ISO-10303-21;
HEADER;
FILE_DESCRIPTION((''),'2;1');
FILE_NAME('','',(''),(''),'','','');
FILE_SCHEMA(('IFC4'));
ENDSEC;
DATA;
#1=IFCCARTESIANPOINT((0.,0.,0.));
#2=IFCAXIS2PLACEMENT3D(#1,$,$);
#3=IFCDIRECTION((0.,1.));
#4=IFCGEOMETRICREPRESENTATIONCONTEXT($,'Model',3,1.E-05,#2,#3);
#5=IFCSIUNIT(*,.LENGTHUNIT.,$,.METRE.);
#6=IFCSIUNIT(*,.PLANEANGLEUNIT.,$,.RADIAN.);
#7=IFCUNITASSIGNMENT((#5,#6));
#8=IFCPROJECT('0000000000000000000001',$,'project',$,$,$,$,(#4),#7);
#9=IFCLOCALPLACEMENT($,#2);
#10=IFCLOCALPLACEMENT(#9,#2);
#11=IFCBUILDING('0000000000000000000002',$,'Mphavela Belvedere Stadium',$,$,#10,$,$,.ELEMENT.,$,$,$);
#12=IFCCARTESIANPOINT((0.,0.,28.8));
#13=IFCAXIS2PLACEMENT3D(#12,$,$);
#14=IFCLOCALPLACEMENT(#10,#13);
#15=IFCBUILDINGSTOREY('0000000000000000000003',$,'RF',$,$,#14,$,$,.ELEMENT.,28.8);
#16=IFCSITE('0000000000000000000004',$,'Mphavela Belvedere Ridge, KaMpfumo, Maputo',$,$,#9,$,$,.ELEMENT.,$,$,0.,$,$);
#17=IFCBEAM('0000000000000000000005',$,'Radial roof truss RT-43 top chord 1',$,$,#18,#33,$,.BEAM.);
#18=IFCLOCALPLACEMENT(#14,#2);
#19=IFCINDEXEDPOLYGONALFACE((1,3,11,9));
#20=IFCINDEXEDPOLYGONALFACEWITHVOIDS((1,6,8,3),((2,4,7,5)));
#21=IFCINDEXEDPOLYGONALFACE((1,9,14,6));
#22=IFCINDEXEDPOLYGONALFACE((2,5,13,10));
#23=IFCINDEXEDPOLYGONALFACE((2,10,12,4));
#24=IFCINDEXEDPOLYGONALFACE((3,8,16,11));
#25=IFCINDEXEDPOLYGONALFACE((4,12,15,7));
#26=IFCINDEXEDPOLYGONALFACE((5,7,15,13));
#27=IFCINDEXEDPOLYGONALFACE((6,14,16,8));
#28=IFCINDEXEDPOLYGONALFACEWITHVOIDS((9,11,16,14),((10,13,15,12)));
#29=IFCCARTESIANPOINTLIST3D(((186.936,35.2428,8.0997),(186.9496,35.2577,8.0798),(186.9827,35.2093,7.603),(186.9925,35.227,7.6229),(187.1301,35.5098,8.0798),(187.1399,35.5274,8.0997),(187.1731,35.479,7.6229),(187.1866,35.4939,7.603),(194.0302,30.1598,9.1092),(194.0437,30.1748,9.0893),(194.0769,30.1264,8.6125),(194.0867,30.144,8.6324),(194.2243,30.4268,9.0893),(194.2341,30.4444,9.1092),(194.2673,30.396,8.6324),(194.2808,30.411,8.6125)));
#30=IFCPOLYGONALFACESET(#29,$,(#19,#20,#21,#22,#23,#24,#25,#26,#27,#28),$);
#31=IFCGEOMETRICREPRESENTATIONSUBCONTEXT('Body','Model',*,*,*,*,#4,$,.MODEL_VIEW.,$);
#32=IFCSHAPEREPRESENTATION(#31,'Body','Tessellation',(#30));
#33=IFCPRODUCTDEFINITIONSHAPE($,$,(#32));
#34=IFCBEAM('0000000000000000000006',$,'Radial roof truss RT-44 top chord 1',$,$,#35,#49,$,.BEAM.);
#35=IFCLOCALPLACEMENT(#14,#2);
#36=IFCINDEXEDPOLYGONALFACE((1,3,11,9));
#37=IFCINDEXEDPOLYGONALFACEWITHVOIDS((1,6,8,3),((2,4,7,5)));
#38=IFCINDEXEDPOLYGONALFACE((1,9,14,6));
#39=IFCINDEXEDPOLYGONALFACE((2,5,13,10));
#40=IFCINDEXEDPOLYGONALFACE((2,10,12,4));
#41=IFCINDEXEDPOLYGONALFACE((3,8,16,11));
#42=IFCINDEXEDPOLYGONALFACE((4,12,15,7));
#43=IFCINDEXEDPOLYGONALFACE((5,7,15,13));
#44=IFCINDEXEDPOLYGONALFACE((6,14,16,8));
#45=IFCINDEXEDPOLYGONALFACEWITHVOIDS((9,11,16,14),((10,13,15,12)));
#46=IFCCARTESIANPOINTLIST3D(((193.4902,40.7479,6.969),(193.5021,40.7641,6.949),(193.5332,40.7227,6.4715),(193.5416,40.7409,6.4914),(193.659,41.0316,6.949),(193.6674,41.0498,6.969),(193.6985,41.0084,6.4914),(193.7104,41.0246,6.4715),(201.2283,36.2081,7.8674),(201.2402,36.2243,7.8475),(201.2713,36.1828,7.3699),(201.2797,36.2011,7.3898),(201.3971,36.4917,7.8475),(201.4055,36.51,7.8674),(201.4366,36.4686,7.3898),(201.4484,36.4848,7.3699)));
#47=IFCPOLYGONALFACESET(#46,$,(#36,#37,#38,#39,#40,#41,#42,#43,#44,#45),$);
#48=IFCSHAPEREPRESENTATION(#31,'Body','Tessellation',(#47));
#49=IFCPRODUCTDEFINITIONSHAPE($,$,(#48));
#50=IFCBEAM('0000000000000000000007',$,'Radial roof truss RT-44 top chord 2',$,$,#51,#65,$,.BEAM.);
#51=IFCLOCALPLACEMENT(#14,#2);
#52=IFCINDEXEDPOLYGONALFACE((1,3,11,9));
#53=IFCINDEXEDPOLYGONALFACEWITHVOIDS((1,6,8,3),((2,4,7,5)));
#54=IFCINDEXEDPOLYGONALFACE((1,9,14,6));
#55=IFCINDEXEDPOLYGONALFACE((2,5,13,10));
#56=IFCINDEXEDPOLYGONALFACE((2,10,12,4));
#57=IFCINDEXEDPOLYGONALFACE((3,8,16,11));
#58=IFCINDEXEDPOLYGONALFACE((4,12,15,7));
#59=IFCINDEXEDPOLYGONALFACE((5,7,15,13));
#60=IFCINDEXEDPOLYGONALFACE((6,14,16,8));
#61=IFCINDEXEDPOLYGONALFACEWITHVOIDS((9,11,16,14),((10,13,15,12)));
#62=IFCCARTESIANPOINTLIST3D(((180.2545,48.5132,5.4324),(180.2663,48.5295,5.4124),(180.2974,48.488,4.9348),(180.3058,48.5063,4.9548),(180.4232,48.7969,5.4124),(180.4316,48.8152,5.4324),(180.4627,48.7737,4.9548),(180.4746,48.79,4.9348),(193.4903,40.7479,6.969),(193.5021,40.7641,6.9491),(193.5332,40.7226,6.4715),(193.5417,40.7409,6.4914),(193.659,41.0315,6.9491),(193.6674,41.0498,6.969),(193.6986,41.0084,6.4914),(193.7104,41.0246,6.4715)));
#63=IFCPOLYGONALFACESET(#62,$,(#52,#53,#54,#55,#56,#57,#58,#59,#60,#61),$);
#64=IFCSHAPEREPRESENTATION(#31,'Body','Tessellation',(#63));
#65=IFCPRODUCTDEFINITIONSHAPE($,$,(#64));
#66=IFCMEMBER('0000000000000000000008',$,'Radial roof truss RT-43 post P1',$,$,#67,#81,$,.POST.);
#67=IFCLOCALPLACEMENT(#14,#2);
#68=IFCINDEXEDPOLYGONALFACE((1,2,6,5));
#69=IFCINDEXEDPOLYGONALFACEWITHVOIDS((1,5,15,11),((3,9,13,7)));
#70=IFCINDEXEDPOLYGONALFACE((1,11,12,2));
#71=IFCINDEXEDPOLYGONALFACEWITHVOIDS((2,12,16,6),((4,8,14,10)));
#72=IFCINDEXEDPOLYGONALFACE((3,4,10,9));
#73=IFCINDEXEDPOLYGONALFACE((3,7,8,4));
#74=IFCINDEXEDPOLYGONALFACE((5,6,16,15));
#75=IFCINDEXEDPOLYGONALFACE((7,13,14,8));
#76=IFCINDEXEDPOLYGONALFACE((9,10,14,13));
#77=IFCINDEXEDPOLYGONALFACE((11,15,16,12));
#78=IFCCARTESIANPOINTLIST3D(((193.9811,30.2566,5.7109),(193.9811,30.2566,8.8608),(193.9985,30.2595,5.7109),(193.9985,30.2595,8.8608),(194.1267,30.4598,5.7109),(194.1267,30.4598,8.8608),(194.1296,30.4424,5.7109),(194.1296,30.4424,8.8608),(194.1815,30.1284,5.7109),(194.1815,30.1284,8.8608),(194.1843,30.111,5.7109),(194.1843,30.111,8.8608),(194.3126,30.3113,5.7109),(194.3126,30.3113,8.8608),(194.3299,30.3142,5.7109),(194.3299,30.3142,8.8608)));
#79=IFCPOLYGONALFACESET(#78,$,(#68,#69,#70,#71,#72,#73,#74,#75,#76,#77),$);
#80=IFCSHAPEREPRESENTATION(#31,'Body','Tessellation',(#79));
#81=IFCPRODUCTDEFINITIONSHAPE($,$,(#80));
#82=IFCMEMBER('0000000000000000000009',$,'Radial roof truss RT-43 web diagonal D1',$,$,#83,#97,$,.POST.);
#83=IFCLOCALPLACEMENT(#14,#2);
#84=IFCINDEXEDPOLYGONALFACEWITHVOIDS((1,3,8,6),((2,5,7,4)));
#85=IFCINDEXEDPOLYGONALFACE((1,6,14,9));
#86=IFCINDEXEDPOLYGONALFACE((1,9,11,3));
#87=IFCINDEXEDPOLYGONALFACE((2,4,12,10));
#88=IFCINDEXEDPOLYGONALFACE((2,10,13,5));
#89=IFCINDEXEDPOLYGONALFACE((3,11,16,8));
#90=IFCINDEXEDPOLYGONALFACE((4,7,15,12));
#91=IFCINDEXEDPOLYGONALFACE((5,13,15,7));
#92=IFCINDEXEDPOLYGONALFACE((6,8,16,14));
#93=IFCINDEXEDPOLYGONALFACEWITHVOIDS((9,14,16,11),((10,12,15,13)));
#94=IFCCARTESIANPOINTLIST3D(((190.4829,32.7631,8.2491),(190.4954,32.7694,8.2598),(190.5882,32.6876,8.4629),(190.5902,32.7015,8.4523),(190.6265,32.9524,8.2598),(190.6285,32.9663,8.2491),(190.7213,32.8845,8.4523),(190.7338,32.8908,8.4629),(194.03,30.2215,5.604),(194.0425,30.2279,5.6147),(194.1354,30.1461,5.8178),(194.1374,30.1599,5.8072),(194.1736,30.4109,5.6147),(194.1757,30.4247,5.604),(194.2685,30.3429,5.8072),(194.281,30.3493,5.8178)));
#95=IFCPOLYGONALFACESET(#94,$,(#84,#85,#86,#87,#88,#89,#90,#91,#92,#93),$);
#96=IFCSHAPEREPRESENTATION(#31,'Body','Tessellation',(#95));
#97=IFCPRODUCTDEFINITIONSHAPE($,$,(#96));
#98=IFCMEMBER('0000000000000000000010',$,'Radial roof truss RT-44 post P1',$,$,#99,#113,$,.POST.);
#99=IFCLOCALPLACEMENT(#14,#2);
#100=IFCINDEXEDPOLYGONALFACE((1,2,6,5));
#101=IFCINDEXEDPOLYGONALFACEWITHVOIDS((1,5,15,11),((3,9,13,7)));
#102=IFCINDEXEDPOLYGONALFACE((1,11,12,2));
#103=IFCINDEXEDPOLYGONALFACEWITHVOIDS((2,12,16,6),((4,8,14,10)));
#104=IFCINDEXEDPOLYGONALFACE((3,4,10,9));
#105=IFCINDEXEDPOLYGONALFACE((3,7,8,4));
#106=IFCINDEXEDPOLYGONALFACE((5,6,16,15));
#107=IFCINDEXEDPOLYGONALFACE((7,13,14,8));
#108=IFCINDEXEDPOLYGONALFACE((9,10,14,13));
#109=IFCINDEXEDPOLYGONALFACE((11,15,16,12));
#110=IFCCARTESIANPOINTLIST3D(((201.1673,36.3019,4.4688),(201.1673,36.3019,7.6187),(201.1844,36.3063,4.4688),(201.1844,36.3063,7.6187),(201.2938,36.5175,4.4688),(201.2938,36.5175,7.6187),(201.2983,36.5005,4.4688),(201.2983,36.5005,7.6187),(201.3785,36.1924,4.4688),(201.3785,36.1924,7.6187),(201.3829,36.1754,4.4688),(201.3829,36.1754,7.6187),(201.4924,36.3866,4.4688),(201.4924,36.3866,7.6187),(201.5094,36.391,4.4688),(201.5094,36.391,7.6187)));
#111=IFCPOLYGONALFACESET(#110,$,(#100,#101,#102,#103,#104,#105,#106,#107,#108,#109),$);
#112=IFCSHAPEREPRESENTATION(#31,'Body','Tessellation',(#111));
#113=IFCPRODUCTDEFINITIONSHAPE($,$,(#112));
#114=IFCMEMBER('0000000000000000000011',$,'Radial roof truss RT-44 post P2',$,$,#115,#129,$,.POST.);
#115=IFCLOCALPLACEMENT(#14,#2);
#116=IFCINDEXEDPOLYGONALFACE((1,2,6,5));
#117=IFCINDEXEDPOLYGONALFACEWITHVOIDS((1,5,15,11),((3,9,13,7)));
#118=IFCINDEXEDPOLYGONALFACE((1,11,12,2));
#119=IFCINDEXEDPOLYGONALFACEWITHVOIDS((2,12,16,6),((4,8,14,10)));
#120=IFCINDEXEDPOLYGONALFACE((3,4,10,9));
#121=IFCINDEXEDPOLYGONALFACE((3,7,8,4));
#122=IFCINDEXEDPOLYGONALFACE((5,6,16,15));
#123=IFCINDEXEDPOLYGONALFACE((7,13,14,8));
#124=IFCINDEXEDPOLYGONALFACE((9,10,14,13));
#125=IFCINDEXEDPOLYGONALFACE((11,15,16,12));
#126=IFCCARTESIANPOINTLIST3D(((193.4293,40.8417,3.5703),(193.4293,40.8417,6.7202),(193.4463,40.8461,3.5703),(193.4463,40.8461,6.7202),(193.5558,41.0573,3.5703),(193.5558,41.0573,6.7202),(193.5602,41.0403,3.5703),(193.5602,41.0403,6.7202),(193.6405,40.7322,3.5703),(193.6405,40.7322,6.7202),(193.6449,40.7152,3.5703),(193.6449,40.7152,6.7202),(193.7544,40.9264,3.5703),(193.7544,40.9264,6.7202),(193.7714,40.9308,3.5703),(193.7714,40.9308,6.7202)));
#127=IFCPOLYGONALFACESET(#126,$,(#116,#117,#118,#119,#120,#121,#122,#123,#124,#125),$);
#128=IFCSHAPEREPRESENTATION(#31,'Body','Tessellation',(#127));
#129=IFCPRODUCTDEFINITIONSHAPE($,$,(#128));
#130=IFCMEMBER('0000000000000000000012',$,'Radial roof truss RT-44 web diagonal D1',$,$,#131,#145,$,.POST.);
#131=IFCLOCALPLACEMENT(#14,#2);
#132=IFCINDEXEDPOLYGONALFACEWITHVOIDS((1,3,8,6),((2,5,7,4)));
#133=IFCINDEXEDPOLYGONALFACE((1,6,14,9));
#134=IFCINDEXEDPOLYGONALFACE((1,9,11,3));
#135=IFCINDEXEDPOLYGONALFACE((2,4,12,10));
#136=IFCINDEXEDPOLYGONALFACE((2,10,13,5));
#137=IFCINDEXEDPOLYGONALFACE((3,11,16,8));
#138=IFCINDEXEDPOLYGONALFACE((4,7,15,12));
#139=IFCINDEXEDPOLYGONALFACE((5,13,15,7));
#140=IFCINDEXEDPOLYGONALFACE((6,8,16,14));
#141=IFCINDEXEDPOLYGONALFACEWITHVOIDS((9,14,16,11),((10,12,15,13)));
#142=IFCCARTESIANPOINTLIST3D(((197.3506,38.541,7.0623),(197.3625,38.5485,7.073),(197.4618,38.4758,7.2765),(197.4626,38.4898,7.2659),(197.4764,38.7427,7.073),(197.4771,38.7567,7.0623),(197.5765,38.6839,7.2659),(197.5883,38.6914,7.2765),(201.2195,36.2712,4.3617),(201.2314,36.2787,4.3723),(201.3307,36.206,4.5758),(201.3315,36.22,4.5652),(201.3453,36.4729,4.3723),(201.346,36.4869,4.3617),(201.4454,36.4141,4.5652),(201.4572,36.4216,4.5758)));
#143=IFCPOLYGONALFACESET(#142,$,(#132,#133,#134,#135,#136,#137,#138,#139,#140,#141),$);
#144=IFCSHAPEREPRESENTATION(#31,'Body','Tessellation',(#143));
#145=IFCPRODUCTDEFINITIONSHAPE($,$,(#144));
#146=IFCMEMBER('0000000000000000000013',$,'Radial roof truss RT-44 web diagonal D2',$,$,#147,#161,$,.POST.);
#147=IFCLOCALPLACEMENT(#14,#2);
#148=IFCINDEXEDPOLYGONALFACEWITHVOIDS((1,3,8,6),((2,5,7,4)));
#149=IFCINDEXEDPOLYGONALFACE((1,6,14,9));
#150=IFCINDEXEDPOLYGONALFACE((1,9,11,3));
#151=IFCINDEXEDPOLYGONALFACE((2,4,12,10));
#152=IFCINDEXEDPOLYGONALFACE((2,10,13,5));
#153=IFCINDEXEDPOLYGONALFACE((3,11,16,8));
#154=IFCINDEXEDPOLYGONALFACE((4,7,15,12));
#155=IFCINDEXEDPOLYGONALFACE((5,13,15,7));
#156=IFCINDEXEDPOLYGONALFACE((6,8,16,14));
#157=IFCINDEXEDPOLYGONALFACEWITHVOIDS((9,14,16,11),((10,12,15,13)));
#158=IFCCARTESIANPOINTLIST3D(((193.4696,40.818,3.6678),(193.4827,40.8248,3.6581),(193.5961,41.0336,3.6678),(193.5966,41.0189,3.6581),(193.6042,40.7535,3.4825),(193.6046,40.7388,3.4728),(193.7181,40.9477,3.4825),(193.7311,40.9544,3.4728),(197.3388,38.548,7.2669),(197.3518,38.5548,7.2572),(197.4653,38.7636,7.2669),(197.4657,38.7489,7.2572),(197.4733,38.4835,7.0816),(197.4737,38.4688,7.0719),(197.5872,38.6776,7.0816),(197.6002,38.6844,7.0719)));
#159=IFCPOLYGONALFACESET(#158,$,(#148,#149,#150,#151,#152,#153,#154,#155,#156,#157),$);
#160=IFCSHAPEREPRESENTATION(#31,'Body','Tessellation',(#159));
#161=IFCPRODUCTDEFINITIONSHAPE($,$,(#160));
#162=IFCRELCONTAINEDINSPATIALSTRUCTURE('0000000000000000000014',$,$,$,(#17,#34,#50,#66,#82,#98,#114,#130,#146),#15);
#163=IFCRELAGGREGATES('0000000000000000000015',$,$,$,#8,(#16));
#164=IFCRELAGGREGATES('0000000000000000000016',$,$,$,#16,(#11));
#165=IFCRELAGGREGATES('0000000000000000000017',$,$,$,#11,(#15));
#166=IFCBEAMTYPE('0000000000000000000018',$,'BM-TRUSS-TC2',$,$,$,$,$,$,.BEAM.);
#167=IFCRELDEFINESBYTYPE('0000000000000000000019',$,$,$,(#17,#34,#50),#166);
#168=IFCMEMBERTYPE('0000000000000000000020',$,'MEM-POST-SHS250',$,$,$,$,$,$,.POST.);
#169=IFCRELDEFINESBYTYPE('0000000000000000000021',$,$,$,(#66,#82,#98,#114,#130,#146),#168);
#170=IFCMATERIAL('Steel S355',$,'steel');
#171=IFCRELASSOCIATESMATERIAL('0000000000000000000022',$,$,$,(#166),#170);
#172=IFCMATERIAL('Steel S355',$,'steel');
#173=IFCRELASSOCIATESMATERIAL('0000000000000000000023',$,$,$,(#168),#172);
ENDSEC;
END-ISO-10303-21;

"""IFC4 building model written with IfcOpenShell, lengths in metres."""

from ifc_helpers import new_model, si_unit, direction, frame, origin, origin_2d, place, context, subcontext, project, spatial, hollow_rectangle, extrude, material, material_profile, profile_set, type_object, element, save


model = new_model("IFC4")

# Units and contexts
model_context = context("Model", 3, precision=1e-05, world=origin(), true_north=direction((0.0, 1.0)))
body_context = subcontext(model_context, "Body", "Model", "MODEL_VIEW")
ifc_project = project(units=[si_unit("LENGTHUNIT", "METRE"), si_unit("PLANEANGLEUNIT", "RADIAN")], contexts=[model_context])

# Site, building, storey
site_placement = place(None, origin())
site = spatial("IfcSite", under=ifc_project, at=site_placement, Name="Mphavela Belvedere Ridge, KaMpfumo, Maputo", CompositionType="ELEMENT", RefElevation=0.0)
building_placement = place(site_placement, origin())
building = spatial("IfcBuilding", under=site, at=building_placement, Name="Mphavela Belvedere Stadium", CompositionType="ELEMENT")
storey_placement = place(building_placement, frame((0.0, 0.0, 28.8)))
storey = spatial("IfcBuildingStorey", under=building, at=storey_placement, Name="RF", CompositionType="ELEMENT", Elevation=28.8)

# Beams
ifc_material_1 = material(Name="Steel S355", Category="steel")
ifc_material_profile_1 = material_profile(ifc_material_1, hollow_rectangle(XDim=0.3501, YDim=0.5, WallThickness=0.02, at=origin_2d()), Name="RHS 500x350x20")
ifc_profile_set_1 = profile_set([ifc_material_profile_1], Name="Steel S355")
beam_type_1 = type_object("IfcBeamType", Name="BM-TRUSS-TC2", PredefinedType="BEAM", material=ifc_profile_set_1)
beam_1_placement = place(storey_placement, frame((194.1555, 30.2854, 8.8608), z_axis=(-0.807498, 0.57857, -0.114908), x_axis=(-0.582428, -0.812882, 0.0)))
element("IfcBeam", 1, at=beam_1_placement, inside=storey, type_object=beam_type_1, Name="Radial roof truss RT-43 top chord 1", PredefinedType="BEAM", context=body_context, shape_type="SweptSolid", body=[
    extrude(hollow_rectangle(XDim=0.3501, YDim=0.5, WallThickness=0.02, at=origin_2d()), origin(), (0.0, 0.0, 1.0), 8.7854),
])
beam_2_placement = place(storey_placement, frame((201.3384, 36.3464, 7.6187), z_axis=(-0.858225, 0.503508, -0.099646), x_axis=(-0.506027, -0.862518, 0.0)))
element("IfcBeam", 2, at=beam_2_placement, inside=storey, type_object=beam_type_1, Name="Radial roof truss RT-44 top chord 1", PredefinedType="BEAM", context=body_context, shape_type="SweptSolid", body=[
    extrude(hollow_rectangle(XDim=0.3501, YDim=0.5, WallThickness=0.02, at=origin_2d()), origin(), (0.0, 0.0, 1.0), 9.0164),
])
beam_3_placement = place(storey_placement, frame((193.6003, 40.8862, 6.7202), z_axis=(-0.858223, 0.503514, -0.099636), x_axis=(-0.506032, -0.862515, 0.0)))
element("IfcBeam", 3, at=beam_3_placement, inside=storey, type_object=beam_type_1, Name="Radial roof truss RT-44 top chord 2", PredefinedType="BEAM", context=body_context, shape_type="SweptSolid", body=[
    extrude(hollow_rectangle(XDim=0.3501, YDim=0.5, WallThickness=0.02, at=origin_2d()), origin(), (0.0, 0.0, 1.0), 15.4224),
])

# Members
ifc_material_2 = material(Name="Steel S355", Category="steel")
ifc_material_profile_2 = material_profile(ifc_material_2, hollow_rectangle(XDim=0.25, YDim=0.25, WallThickness=0.0125, at=origin_2d()), Name="SHS 250x250x12.5")
ifc_profile_set_2 = profile_set([ifc_material_profile_2], Name="Steel S355")
member_type_1 = type_object("IfcMemberType", Name="MEM-POST-SHS250", PredefinedType="POST", material=ifc_profile_set_2)
member_1_placement = place(storey_placement, frame((194.1555, 30.2854, 5.7109), z_axis=(0.0, 0.0, 1.0), x_axis=(0.812898, -0.582407, 0.0)))
element("IfcMember", 4, at=member_1_placement, inside=storey, type_object=member_type_1, Name="Radial roof truss RT-43 post P1", PredefinedType="POST", context=body_context, shape_type="SweptSolid", body=[
    extrude(hollow_rectangle(XDim=0.25, YDim=0.25, WallThickness=0.0125, at=origin_2d()), origin(), (0.0, 0.0, 1.0), 3.1499),
])
member_2_placement = place(storey_placement, frame((194.1555, 30.2854, 5.7109), z_axis=(-0.695147, 0.498072, 0.518358), x_axis=(-0.582428, -0.812882, 0.0)))
element("IfcMember", 5, at=member_2_placement, inside=storey, type_object=member_type_1, Name="Radial roof truss RT-43 web diagonal D1", PredefinedType="POST", context=body_context, shape_type="SweptSolid", body=[
    extrude(hollow_rectangle(XDim=0.25, YDim=0.25, WallThickness=0.0125, at=origin_2d()), origin(), (0.0, 0.0, 1.0), 5.1028),
])
for number, where, z_axis, x_axis, name in (
    (6, (201.3384, 36.3464, 4.4688), (0.0, 0.0, 1.0), (0.862514, -0.506034, 0.0), "Radial roof truss RT-44 post P1"),
    (7, (193.6003, 40.8862, 3.5703), (0.0, 0.0, 1.0), (0.862514, -0.506034, 0.0), "Radial roof truss RT-44 post P2"),
):
    element("IfcMember", number, at=place(storey_placement, frame(where, z_axis=z_axis, x_axis=x_axis)), inside=storey, type_object=member_type_1, Name=name, PredefinedType="POST", context=body_context, shape_type="SweptSolid", body=[
        extrude(hollow_rectangle(XDim=0.25, YDim=0.25, WallThickness=0.0125, at=origin_2d()), origin(), (0.0, 0.0, 1.0), 3.1499),
    ])
member_3_placement = place(storey_placement, frame((201.3384, 36.3464, 4.4688), z_axis=(-0.738927, 0.433508, 0.515808), x_axis=(-0.506018, -0.862523, 0.0)))
element("IfcMember", 8, at=member_3_placement, inside=storey, type_object=member_type_1, Name="Radial roof truss RT-44 web diagonal D1", PredefinedType="POST", context=body_context, shape_type="SweptSolid", body=[
    extrude(hollow_rectangle(XDim=0.25, YDim=0.25, WallThickness=0.0125, at=origin_2d()), origin(), (0.0, 0.0, 1.0), 5.2358),
])
member_4_placement = place(storey_placement, frame((197.4695, 38.6162, 7.1694), z_axis=(-0.672747, 0.3947, -0.625798), x_axis=(-0.506035, -0.862513, 0.0)))
element("IfcMember", 9, at=member_4_placement, inside=storey, type_object=member_type_1, Name="Radial roof truss RT-44 web diagonal D2", PredefinedType="POST", context=body_context, shape_type="SweptSolid", body=[
    extrude(hollow_rectangle(XDim=0.25, YDim=0.25, WallThickness=0.0125, at=origin_2d()), origin(), (0.0, 0.0, 1.0), 5.7512),
])

save(model, "model.ifc")
